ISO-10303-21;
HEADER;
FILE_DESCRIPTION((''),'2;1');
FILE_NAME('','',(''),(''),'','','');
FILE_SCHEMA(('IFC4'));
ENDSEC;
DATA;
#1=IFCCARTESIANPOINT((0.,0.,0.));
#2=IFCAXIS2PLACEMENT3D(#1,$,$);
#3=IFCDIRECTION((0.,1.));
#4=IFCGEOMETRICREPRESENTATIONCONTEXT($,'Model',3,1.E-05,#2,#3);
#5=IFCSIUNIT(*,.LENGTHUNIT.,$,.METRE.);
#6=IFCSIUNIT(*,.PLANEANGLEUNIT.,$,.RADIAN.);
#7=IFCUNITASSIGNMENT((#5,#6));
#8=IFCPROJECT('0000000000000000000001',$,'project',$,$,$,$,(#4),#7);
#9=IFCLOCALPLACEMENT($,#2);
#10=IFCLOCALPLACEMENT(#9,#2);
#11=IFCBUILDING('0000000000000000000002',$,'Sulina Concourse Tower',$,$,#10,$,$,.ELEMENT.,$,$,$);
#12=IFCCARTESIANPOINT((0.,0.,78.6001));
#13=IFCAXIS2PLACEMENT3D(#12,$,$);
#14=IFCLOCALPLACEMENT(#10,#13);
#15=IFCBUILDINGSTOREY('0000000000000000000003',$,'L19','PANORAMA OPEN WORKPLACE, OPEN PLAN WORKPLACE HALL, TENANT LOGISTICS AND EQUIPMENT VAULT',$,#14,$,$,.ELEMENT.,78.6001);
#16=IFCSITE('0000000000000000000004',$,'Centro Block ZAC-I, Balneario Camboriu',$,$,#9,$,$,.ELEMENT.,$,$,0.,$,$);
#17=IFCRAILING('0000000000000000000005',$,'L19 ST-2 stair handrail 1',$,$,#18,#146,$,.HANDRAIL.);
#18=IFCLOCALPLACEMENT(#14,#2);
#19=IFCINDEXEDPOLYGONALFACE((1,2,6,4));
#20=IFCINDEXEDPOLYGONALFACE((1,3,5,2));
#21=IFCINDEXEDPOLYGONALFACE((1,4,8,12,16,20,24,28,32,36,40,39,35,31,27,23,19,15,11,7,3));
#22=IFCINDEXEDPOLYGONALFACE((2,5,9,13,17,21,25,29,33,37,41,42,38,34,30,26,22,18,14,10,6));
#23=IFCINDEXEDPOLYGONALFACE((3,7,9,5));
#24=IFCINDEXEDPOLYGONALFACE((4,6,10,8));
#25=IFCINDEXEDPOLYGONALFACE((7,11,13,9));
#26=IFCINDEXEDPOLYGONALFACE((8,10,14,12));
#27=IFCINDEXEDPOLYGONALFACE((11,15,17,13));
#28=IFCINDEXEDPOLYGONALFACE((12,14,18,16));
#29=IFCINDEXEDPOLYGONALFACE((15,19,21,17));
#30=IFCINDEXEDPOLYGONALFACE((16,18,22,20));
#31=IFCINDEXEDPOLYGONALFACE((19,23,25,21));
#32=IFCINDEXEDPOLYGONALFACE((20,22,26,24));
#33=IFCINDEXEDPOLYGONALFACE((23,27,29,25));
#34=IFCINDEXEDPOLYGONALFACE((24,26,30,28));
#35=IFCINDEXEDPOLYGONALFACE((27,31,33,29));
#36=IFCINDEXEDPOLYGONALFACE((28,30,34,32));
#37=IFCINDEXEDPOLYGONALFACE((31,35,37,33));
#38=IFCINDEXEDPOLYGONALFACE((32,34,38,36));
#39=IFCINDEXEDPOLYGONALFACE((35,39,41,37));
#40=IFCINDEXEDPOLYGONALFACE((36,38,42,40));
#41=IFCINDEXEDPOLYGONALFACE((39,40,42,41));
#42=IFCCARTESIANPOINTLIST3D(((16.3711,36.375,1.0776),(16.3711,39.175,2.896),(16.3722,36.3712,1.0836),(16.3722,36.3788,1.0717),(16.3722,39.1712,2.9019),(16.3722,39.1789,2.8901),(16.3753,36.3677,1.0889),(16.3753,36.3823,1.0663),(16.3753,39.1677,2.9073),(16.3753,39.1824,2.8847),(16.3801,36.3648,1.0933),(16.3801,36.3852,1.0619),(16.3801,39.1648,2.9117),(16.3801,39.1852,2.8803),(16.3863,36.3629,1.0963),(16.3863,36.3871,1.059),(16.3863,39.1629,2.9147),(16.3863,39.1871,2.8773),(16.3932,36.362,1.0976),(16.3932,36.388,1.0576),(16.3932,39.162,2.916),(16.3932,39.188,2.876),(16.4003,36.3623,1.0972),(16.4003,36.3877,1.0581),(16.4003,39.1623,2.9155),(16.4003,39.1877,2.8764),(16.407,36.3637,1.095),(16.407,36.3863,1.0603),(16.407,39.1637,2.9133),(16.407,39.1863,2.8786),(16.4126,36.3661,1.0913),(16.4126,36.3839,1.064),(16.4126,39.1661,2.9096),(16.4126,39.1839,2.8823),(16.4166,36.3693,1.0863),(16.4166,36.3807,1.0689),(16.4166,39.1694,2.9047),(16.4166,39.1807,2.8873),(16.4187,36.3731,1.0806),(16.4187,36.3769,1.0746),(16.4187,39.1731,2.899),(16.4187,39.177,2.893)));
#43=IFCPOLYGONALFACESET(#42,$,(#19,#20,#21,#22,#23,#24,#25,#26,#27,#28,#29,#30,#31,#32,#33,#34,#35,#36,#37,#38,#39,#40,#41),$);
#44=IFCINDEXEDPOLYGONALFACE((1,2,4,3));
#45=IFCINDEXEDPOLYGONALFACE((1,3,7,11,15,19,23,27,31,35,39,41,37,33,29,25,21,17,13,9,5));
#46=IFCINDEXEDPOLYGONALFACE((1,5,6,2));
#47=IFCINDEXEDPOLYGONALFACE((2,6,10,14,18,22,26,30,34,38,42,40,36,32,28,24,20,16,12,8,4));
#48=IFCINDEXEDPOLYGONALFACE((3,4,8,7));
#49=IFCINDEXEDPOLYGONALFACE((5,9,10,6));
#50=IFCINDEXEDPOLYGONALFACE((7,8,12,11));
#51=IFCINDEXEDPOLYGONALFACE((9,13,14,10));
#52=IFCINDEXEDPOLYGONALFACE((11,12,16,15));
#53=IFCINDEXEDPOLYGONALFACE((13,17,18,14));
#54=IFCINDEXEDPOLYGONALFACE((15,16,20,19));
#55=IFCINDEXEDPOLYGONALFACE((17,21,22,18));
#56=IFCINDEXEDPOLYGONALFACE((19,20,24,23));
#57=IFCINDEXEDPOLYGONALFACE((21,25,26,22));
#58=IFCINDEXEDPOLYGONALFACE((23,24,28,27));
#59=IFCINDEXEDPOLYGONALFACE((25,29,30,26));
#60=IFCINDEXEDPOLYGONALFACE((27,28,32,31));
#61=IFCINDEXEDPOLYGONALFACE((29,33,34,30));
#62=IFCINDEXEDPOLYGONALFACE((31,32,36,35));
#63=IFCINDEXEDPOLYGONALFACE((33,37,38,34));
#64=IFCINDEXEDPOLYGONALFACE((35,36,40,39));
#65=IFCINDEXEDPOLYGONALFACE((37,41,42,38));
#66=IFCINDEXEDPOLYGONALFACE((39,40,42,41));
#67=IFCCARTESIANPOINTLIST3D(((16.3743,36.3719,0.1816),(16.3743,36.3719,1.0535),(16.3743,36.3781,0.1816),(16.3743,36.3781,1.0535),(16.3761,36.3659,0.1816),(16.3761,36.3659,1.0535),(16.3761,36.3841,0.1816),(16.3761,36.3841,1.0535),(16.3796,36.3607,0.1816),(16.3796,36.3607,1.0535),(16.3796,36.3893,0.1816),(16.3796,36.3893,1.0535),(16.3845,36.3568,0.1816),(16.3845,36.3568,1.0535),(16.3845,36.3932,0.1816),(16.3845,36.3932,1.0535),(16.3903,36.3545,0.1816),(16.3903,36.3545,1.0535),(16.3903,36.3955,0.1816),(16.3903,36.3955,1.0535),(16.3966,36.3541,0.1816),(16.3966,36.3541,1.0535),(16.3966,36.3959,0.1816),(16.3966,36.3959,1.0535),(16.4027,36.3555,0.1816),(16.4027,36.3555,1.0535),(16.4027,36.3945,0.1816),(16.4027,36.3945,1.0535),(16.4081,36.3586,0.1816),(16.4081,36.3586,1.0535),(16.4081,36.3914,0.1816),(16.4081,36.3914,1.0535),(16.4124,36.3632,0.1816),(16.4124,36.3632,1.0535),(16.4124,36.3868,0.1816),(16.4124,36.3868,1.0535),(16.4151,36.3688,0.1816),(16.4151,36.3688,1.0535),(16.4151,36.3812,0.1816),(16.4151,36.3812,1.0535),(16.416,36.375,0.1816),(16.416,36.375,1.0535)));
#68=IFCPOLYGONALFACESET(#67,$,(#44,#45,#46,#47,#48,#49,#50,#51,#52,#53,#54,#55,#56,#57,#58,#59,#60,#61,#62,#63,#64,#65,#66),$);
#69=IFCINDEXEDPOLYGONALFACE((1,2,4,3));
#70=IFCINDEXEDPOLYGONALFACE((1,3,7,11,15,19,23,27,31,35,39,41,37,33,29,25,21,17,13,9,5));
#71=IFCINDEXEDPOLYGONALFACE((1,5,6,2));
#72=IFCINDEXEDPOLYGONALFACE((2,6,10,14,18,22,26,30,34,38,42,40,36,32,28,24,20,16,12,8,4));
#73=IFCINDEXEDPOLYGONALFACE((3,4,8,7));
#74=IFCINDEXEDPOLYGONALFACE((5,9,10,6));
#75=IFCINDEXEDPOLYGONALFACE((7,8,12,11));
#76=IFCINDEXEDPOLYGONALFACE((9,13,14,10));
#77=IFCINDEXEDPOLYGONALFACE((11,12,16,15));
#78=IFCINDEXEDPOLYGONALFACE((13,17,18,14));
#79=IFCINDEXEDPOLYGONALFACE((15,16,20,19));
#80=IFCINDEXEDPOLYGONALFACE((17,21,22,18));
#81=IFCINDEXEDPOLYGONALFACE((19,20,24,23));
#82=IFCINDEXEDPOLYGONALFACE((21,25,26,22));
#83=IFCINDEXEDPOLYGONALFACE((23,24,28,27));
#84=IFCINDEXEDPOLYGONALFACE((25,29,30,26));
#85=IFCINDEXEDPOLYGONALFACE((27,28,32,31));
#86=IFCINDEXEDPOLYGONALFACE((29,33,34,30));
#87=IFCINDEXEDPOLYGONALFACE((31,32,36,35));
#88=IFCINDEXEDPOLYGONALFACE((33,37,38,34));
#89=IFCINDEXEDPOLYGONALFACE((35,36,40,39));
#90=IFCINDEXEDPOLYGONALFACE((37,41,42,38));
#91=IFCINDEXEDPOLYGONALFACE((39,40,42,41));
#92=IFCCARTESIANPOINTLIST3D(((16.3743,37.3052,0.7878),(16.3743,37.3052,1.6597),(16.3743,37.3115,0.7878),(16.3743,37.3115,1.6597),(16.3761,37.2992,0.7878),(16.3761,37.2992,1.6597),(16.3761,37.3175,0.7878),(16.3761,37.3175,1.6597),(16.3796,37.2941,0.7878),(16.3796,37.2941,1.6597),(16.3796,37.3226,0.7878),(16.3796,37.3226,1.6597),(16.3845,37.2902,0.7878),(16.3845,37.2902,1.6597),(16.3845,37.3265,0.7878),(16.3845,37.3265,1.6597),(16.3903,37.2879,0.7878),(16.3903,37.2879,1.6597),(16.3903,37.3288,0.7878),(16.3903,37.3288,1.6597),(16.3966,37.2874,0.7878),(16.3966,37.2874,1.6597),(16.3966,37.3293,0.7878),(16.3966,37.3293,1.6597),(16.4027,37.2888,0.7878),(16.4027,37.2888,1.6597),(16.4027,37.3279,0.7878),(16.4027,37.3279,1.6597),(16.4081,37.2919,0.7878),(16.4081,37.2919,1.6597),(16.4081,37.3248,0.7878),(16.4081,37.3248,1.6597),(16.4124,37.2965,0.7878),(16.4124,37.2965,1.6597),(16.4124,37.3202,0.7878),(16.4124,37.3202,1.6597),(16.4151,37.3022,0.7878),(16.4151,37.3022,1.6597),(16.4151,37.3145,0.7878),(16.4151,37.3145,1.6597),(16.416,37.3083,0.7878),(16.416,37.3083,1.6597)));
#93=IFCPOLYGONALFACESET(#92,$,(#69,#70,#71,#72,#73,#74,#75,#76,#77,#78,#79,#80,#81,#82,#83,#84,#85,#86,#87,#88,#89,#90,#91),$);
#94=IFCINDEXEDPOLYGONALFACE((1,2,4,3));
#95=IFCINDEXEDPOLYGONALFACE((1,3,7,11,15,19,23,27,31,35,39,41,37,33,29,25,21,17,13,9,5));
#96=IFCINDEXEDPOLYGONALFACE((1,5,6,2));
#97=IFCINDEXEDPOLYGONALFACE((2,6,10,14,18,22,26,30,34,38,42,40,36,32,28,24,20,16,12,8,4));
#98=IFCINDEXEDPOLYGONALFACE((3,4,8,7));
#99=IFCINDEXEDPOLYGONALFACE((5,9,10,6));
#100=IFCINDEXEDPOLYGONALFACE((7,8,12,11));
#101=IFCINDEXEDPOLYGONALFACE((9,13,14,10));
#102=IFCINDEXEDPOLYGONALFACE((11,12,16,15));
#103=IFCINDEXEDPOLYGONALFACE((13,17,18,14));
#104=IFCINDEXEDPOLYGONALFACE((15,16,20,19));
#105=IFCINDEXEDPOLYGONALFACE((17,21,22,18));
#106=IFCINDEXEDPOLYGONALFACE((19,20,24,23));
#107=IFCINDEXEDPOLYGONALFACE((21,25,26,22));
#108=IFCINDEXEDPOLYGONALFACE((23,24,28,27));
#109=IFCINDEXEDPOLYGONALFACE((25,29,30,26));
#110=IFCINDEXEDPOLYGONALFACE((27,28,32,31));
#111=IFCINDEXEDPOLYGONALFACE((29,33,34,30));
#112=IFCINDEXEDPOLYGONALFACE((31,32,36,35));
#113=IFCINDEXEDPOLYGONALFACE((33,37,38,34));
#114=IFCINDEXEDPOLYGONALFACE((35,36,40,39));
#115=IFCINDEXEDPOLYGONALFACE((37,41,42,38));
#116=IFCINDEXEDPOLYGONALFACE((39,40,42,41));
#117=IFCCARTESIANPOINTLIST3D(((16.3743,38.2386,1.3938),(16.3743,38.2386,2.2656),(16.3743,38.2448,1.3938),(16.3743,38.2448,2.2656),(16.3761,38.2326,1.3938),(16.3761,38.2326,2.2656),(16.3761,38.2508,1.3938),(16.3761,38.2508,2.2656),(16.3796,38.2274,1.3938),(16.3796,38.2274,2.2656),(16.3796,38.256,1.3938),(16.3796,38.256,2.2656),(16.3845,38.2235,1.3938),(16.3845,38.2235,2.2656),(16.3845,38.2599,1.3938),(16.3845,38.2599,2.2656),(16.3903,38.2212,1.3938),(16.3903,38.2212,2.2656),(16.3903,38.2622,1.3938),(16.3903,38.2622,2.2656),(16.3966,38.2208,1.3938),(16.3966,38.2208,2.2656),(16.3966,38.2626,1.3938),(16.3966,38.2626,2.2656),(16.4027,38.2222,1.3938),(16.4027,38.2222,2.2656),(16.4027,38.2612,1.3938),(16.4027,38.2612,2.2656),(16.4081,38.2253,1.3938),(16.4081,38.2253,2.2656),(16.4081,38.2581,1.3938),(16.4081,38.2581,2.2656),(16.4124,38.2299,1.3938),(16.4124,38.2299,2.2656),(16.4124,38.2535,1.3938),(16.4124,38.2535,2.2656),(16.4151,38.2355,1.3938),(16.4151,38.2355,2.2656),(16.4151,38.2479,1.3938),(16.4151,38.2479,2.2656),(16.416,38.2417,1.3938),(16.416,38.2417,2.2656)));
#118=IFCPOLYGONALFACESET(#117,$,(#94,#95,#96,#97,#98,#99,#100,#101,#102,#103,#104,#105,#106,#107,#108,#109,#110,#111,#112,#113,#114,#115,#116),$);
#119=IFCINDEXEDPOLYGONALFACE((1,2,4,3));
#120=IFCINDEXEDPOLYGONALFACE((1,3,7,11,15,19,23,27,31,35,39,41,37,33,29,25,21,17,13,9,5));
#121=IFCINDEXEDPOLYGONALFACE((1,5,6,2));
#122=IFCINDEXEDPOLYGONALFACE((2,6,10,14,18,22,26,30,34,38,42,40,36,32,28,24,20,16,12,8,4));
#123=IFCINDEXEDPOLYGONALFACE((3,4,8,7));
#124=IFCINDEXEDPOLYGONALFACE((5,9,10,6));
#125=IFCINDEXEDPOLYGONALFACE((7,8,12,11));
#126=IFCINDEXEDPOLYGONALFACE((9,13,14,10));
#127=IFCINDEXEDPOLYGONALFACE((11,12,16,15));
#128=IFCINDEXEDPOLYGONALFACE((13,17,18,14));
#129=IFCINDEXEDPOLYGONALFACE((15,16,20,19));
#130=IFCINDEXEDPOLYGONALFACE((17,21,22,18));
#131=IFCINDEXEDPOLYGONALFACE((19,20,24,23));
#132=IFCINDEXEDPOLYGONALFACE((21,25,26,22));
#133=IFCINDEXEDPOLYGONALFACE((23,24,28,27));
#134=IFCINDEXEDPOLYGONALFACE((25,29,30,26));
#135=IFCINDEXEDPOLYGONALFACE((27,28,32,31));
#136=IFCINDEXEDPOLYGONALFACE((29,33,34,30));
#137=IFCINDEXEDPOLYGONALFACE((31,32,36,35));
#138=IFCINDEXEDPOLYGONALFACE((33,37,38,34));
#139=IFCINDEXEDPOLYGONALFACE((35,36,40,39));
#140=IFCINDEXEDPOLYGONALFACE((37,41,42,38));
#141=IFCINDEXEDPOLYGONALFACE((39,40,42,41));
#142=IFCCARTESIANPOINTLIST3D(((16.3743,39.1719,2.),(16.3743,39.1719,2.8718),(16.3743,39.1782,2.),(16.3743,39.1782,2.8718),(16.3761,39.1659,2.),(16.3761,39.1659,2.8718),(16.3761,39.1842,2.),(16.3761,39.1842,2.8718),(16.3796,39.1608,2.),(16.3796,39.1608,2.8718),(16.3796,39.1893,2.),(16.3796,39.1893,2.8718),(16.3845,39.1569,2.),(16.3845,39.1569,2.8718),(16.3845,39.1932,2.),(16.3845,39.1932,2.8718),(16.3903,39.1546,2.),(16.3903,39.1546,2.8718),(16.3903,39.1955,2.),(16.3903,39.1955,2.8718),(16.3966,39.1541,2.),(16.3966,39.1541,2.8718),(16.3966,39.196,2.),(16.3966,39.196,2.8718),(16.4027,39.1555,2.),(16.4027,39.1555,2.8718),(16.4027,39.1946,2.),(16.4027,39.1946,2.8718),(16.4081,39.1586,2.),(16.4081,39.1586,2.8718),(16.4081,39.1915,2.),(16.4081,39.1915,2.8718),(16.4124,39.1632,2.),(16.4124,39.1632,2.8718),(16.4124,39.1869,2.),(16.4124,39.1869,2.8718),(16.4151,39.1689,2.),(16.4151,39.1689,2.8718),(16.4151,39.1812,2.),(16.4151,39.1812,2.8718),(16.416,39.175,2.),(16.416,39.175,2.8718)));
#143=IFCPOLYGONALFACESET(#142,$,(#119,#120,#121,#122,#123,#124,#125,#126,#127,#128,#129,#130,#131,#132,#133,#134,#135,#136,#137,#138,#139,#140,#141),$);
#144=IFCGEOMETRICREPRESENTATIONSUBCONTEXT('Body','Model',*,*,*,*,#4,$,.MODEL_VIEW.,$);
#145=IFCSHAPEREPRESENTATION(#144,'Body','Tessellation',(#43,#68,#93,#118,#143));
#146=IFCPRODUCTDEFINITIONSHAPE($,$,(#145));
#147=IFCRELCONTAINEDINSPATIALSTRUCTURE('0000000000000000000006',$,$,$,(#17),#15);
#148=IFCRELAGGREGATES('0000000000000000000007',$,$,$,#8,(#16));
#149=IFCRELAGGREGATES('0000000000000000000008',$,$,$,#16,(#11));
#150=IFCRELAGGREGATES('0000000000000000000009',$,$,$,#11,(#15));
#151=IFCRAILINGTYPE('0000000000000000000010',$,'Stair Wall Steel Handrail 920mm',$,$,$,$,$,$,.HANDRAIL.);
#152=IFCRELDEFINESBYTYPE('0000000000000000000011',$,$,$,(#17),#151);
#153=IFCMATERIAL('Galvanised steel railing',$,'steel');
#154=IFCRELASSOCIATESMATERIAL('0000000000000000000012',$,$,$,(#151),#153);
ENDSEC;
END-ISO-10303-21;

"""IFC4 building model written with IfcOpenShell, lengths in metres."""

from ifc_helpers import new_model, si_unit, direction, frame, origin, origin_2d, place, context, subcontext, project, spatial, circle, extrude, material, type_object, element, save


model = new_model("IFC4")

# Units and contexts
model_context = context("Model", 3, precision=1e-05, world=origin(), true_north=direction((0.0, 1.0)))
body_context = subcontext(model_context, "Body", "Model", "MODEL_VIEW")
ifc_project = project(units=[si_unit("LENGTHUNIT", "METRE"), si_unit("PLANEANGLEUNIT", "RADIAN")], contexts=[model_context])

# Site, building, storey
site_placement = place(None, origin())
site = spatial("IfcSite", under=ifc_project, at=site_placement, Name="Centro Block ZAC-I, Balneario Camboriu", CompositionType="ELEMENT", RefElevation=0.0)
building_placement = place(site_placement, origin())
building = spatial("IfcBuilding", under=site, at=building_placement, Name="Sulina Concourse Tower", CompositionType="ELEMENT")
storey_placement = place(building_placement, frame((0.0, 0.0, 78.6001)))
storey = spatial("IfcBuildingStorey", under=building, at=storey_placement, Name="L19", Description="PANORAMA OPEN WORKPLACE, OPEN PLAN WORKPLACE HALL, TENANT LOGISTICS AND EQUIPMENT VAULT", CompositionType="ELEMENT", Elevation=78.6001)

# Railing
ifc_material_1 = material(Name="Galvanised steel railing", Category="steel")
railing_type_1 = type_object("IfcRailingType", Name="Stair Wall Steel Handrail 920mm", PredefinedType="HANDRAIL", material=ifc_material_1)
railing_1_placement = place(storey_placement, frame((16.395, 36.375, 0.1816)))
element("IfcRailing", 1, at=railing_1_placement, inside=storey, type_object=railing_type_1, Name="L19 ST-2 stair handrail 1", PredefinedType="HANDRAIL", context=body_context, shape_type="SweptSolid", body=[
    extrude(circle(Radius=0.0239, at=origin_2d()), frame((0.0, 0.0, 0.896), z_axis=(0.0, 0.838672, 0.544636), x_axis=(-1.0, 0.0, 0.0)), (0.0, 0.0, 1.0), 3.3386),
    extrude(circle(Radius=0.021, at=origin_2d()), origin(), (0.0, 0.0, 1.0), 0.8718),
    extrude(circle(Radius=0.021, at=origin_2d()), frame((0.0, 0.9333, 0.6062)), (0.0, 0.0, 1.0), 0.8718),
    extrude(circle(Radius=0.021, at=origin_2d()), frame((0.0, 1.8667, 1.2122)), (0.0, 0.0, 1.0), 0.8718),
    extrude(circle(Radius=0.021, at=origin_2d()), frame((0.0, 2.8, 1.8184)), (0.0, 0.0, 1.0), 0.8718),
])

save(model, "model.ifc")
